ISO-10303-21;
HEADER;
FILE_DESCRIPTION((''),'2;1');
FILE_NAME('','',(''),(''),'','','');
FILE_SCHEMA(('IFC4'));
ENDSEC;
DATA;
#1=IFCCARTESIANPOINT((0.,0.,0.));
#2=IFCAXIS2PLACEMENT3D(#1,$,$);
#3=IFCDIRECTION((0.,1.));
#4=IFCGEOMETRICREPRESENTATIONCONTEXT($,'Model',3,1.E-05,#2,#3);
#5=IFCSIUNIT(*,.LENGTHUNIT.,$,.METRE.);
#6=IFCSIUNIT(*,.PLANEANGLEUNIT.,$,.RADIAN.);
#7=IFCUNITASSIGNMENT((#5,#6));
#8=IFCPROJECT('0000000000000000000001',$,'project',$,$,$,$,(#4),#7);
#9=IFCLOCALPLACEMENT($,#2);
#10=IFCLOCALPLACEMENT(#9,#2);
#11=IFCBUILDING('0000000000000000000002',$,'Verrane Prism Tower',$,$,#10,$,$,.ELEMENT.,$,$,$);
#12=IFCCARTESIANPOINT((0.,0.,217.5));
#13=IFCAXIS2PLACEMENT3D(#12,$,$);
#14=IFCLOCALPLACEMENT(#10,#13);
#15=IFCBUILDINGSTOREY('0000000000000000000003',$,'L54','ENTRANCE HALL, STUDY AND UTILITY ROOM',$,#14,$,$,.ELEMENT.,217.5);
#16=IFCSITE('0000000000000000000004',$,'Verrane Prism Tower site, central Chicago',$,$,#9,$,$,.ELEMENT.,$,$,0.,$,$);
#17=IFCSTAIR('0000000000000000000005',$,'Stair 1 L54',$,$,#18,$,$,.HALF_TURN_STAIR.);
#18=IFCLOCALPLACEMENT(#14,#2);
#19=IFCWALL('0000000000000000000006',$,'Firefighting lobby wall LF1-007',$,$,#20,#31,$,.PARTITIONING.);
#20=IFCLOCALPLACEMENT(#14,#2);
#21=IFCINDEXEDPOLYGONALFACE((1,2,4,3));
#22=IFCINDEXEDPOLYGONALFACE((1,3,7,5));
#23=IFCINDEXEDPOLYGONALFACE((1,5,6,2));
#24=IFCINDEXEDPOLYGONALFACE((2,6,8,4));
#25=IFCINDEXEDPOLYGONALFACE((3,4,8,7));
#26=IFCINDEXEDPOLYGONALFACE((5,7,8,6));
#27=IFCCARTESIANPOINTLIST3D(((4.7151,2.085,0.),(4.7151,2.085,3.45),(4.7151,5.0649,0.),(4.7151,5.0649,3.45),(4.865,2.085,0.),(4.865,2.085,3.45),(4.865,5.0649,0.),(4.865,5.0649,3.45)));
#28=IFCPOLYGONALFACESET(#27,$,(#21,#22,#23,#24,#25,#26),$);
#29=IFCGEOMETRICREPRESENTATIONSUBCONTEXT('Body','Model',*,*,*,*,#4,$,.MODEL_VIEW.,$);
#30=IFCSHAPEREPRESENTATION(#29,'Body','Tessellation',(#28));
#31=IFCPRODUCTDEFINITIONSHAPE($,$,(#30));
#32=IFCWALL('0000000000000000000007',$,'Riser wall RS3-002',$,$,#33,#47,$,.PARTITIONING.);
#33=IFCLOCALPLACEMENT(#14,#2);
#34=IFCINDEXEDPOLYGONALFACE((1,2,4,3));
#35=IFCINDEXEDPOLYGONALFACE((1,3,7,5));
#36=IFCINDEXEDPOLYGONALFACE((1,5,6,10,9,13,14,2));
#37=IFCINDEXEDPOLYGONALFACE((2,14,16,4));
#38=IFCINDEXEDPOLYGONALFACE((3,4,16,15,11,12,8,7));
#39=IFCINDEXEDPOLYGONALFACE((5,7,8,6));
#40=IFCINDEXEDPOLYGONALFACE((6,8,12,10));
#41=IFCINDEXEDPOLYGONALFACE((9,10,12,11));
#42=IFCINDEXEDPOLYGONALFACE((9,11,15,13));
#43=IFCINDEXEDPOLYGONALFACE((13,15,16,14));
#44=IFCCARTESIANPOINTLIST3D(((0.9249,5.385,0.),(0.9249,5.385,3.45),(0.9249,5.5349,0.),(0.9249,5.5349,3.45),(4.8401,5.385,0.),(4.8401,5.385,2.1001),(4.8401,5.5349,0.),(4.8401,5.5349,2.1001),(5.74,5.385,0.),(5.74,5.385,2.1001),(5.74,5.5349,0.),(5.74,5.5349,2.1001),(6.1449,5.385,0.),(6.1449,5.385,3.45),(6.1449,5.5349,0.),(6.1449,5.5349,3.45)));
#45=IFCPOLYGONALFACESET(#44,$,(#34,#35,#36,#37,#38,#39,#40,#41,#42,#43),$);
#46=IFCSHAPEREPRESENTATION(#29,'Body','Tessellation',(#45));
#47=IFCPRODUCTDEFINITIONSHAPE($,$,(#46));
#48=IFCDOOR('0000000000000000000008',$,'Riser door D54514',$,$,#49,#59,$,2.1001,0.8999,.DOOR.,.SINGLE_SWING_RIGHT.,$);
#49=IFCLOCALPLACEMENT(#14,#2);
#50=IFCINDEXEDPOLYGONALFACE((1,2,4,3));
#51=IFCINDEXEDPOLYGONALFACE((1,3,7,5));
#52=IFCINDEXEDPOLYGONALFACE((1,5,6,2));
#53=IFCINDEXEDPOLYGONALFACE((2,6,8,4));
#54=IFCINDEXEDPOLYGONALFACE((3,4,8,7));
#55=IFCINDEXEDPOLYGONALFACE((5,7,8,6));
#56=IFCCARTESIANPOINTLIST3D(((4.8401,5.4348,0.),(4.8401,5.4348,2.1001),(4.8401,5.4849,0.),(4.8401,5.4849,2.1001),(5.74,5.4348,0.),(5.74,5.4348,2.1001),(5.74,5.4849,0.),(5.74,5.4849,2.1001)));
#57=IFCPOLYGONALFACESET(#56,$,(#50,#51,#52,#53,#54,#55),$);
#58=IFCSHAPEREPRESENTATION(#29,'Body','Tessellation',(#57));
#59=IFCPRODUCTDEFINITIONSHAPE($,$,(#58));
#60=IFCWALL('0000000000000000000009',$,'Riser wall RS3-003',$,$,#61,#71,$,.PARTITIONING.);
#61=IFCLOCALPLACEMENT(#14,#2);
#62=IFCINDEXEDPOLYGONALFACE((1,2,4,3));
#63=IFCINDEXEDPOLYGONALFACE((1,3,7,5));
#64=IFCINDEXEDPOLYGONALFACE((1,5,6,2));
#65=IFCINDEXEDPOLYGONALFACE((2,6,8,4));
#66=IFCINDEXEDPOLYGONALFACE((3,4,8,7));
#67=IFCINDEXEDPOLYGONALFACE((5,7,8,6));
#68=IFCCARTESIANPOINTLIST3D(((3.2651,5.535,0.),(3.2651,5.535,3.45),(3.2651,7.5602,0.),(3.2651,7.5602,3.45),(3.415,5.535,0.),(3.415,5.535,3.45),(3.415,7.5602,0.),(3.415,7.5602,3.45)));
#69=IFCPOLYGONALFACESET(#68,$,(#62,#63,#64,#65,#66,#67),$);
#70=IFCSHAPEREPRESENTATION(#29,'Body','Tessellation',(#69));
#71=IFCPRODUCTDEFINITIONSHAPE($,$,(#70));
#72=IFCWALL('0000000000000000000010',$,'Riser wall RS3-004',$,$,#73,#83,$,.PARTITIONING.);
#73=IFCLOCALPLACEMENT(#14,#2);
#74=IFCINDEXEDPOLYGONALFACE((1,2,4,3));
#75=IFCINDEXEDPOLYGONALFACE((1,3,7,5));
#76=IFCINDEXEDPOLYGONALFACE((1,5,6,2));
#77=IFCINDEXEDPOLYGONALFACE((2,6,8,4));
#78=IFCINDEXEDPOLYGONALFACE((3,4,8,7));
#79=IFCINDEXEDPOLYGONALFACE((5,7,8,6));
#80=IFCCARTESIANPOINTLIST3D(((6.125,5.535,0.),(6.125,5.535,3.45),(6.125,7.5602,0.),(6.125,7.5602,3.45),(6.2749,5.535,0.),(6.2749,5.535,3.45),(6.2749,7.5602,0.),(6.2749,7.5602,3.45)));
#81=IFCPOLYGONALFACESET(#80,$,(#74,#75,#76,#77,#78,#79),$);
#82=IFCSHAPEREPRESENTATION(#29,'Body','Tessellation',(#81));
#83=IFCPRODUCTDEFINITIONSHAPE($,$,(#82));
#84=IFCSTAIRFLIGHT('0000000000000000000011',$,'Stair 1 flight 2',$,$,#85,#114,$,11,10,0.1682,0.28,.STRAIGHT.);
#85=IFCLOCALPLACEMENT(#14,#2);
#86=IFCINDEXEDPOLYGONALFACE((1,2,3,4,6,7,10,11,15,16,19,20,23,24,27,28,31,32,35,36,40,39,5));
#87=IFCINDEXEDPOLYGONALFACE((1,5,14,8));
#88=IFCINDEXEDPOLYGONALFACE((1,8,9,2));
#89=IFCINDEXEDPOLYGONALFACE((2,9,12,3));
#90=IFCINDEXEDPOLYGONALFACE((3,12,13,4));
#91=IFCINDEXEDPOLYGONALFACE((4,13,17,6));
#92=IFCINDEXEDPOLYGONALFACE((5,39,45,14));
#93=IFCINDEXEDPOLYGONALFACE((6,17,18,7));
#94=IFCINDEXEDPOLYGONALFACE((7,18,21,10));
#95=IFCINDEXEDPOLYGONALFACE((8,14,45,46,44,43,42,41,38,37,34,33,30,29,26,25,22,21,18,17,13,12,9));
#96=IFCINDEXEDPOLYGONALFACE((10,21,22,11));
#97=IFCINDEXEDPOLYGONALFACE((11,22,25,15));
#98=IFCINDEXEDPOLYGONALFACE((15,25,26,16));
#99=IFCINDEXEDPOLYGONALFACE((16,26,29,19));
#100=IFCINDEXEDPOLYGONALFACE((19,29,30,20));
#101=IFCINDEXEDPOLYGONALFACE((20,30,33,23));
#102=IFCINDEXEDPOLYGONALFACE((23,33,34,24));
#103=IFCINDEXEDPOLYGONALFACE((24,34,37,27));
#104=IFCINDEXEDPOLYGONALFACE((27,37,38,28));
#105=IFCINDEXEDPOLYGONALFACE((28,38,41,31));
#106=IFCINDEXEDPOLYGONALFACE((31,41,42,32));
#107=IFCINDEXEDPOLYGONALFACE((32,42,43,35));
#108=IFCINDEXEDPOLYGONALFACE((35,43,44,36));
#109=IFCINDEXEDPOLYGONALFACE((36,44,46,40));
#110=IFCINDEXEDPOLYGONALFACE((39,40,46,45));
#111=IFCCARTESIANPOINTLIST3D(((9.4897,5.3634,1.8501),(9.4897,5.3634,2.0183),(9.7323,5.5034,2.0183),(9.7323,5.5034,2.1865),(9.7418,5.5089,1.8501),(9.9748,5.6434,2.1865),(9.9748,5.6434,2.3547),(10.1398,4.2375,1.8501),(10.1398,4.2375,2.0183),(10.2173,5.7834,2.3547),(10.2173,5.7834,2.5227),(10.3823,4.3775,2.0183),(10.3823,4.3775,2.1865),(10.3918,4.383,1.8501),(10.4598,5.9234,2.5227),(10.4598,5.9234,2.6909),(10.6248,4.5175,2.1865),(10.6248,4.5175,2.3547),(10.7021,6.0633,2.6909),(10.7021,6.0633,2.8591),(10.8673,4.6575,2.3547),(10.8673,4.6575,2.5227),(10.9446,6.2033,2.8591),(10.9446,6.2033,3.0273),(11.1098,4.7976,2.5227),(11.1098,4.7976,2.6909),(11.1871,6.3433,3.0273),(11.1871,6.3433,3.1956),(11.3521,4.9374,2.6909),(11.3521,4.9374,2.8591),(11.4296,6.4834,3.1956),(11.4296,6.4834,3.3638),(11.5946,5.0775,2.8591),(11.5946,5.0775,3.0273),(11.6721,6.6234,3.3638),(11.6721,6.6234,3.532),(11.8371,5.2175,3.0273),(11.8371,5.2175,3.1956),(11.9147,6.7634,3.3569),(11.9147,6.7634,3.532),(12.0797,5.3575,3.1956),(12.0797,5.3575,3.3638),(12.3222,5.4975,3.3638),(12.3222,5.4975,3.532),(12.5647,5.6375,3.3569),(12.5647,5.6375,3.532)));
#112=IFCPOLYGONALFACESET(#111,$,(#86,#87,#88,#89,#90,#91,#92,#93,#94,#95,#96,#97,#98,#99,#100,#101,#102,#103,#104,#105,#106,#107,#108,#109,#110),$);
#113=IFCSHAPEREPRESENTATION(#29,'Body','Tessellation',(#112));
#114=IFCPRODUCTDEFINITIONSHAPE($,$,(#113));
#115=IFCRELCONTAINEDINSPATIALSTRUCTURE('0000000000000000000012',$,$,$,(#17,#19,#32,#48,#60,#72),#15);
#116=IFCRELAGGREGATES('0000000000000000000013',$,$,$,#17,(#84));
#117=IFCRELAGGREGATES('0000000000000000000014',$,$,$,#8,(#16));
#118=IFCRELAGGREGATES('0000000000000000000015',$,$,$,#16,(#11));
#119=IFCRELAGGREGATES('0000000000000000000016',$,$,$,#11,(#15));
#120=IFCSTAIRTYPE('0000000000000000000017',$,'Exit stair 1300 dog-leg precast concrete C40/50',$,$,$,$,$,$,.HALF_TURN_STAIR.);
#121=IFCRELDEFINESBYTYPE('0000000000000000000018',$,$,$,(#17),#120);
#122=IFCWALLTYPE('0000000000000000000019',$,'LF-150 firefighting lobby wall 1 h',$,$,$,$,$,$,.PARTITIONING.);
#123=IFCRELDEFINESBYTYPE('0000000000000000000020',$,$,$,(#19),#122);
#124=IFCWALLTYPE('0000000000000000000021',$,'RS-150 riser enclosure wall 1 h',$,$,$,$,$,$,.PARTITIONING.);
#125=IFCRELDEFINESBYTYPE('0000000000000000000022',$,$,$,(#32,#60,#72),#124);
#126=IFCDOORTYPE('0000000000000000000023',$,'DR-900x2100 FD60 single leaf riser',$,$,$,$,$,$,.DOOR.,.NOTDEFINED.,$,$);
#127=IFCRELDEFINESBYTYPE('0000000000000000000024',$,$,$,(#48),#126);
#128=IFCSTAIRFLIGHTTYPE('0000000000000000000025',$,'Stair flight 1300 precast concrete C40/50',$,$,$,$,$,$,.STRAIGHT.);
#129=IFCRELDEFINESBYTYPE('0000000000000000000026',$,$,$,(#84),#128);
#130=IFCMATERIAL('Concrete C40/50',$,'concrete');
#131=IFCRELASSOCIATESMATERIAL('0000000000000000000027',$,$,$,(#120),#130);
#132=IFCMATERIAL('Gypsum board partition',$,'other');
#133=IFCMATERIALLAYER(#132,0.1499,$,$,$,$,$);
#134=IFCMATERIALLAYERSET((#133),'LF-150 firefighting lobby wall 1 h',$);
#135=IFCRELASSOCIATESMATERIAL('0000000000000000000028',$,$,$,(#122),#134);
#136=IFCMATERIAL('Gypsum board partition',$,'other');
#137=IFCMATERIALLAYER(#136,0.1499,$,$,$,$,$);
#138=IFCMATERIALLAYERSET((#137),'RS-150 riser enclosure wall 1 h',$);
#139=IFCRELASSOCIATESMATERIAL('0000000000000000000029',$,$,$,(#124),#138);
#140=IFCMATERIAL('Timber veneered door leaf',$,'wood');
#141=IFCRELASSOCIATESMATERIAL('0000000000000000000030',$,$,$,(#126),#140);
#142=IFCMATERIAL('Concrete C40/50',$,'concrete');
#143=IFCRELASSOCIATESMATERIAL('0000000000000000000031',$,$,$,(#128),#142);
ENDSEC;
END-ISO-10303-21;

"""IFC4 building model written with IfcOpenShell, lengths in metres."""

from ifc_helpers import new_model, si_unit, direction, frame, frame_2d, origin, place, context, subcontext, project, spatial, polyline, rectangle, outline, extrude, material, layer, layer_set, type_object, element, fill, aggregate, save


model = new_model("IFC4")

# Units and contexts
model_context = context("Model", 3, precision=1e-05, world=origin(), true_north=direction((0.0, 1.0)))
body_context = subcontext(model_context, "Body", "Model", "MODEL_VIEW")
ifc_project = project(units=[si_unit("LENGTHUNIT", "METRE"), si_unit("PLANEANGLEUNIT", "RADIAN")], contexts=[model_context])

# Site, building, storey
site_placement = place(None, origin())
site = spatial("IfcSite", under=ifc_project, at=site_placement, Name="Verrane Prism Tower site, central Chicago", CompositionType="ELEMENT", RefElevation=0.0)
building_placement = place(site_placement, origin())
building = spatial("IfcBuilding", under=site, at=building_placement, Name="Verrane Prism Tower", CompositionType="ELEMENT")
storey_placement = place(building_placement, frame((0.0, 0.0, 217.5)))
storey = spatial("IfcBuildingStorey", under=building, at=storey_placement, Name="L54", Description="ENTRANCE HALL, STUDY AND UTILITY ROOM", CompositionType="ELEMENT", Elevation=217.5)

# Stair
ifc_material_1 = material(Name="Concrete C40/50", Category="concrete")
stair_type = type_object("IfcStairType", Name="Exit stair 1300 dog-leg precast concrete C40/50", PredefinedType="HALF_TURN_STAIR", material=ifc_material_1)
stair_1_placement = place(storey_placement, origin())
stair_1 = element("IfcStair", 1, at=stair_1_placement, inside=storey, type_object=stair_type, Name="Stair 1 L54", PredefinedType="HALF_TURN_STAIR")

# Wall
ifc_material_2 = material(Name="Gypsum board partition", Category="other")
ifc_layer_1 = layer(ifc_material_2, 0.1499)
ifc_layer_set_1 = layer_set([ifc_layer_1], Name="LF-150 firefighting lobby wall 1 h")
wall_type_1 = type_object("IfcWallType", Name="LF-150 firefighting lobby wall 1 h", PredefinedType="PARTITIONING", material=ifc_layer_set_1)
wall_1_placement = place(storey_placement, frame((4.79, 2.085, 0.0), z_axis=(0.0, 0.0, 1.0), x_axis=(0.0, 1.0, 0.0)))
element("IfcWall", 2, at=wall_1_placement, inside=storey, type_object=wall_type_1, Name="Firefighting lobby wall LF1-007", PredefinedType="PARTITIONING", context=body_context, shape_type="SweptSolid", body=[
    extrude(rectangle(XDim=2.98, YDim=0.1499, at=frame_2d((1.49, 0.0))), origin(), (0.0, 0.0, 1.0), 3.45),
])

# Wall, opening, door
ifc_material_3 = material(Name="Gypsum board partition", Category="other")
ifc_layer_2 = layer(ifc_material_3, 0.1499)
ifc_layer_set_2 = layer_set([ifc_layer_2], Name="RS-150 riser enclosure wall 1 h")
wall_type_2 = type_object("IfcWallType", Name="RS-150 riser enclosure wall 1 h", PredefinedType="PARTITIONING", material=ifc_layer_set_2)
wall_2_placement = place(storey_placement, frame((0.925, 5.46, 0.0), z_axis=(0.0, 0.0, 1.0), x_axis=(1.0, 0.0, 0.0)))
wall_2 = element("IfcWall", 3, at=wall_2_placement, inside=storey, type_object=wall_type_2, Name="Riser wall RS3-002", PredefinedType="PARTITIONING", context=body_context, shape_type="SweptSolid", body=[
    extrude(rectangle(XDim=5.22, YDim=0.1499, at=frame_2d((2.6099, 0.0))), origin(), (0.0, 0.0, 1.0), 3.45),
])
opening_1_placement = place(wall_2_placement, frame((3.915, 0.0, 0.0)))
opening_1 = element("IfcOpeningElement", 4, at=opening_1_placement, cuts=wall_2, PredefinedType="OPENING", context=body_context, shape_type="SweptSolid", body=[
    extrude(rectangle(XDim=0.8999, YDim=2.1001, at=frame_2d((0.45, 1.05))), frame((0.0, 0.085, 0.0), z_axis=(0.0, -1.0, 0.0), x_axis=(1.0, 0.0, 0.0)), (0.0, 0.0, 1.0), 0.1699),
])
ifc_material_4 = material(Name="Timber veneered door leaf", Category="wood")
door_type_1 = type_object("IfcDoorType", Name="DR-900x2100 FD60 single leaf riser", OperationType="NOTDEFINED", PredefinedType="DOOR", material=ifc_material_4)
door_1_placement = place(opening_1_placement, origin())
door_1 = element("IfcDoor", 5, at=door_1_placement, inside=storey, type_object=door_type_1, Name="Riser door D54514", OperationType="SINGLE_SWING_RIGHT", OverallHeight=2.1001, OverallWidth=0.8999, PredefinedType="DOOR", context=body_context, shape_type="SweptSolid", body=[
    extrude(rectangle(XDim=0.8999, YDim=2.1001, at=frame_2d((0.45, 1.05))), frame((0.0, 0.0249, 0.0), z_axis=(0.0, -1.0, 0.0), x_axis=(1.0, 0.0, 0.0)), (0.0, 0.0, 1.0), 0.05),
])
fill(opening_1, door_1)

# Walls
for number, where, z_axis, x_axis, name in (
    (6, (3.3401, 5.5349, 0.0), (0.0, 0.0, 1.0), (0.0, 1.0, 0.0), "Riser wall RS3-003"),
    (7, (6.2, 5.5349, 0.0), (0.0, 0.0, 1.0), (0.0, 1.0, 0.0), "Riser wall RS3-004"),
):
    element("IfcWall", number, at=place(storey_placement, frame(where, z_axis=z_axis, x_axis=x_axis)), inside=storey, type_object=wall_type_2, Name=name, PredefinedType="PARTITIONING", context=body_context, shape_type="SweptSolid", body=[
        extrude(rectangle(XDim=2.0251, YDim=0.1499, at=frame_2d((1.0127, 0.0))), origin(), (0.0, 0.0, 1.0), 3.45),
    ])

# Stair flight
ifc_material_5 = material(Name="Concrete C40/50", Category="concrete")
stair_flight_type = type_object("IfcStairFlightType", Name="Stair flight 1300 precast concrete C40/50", PredefinedType="STRAIGHT", material=ifc_material_5)
stair_flight_placement = place(storey_placement, frame((9.8147, 4.8005, 1.8501), z_axis=(0.0, 0.0, 1.0), x_axis=(0.866025, 0.5, 0.0)))
stair_flight = element("IfcStairFlight", 8, at=stair_flight_placement, type_object=stair_flight_type, Name="Stair 1 flight 2", NumberOfRisers=11, NumberOfTreads=10, PredefinedType="STRAIGHT", RiserHeight=0.1682, TreadLength=0.28, context=body_context, shape_type="SweptSolid", body=[
    extrude(outline(polyline([(0.0, 0.0), (0.0, 0.1682), (0.28, 0.1682), (0.28, 0.3364), (0.5601, 0.3364), (0.5601, 0.5046), (0.8401, 0.5046), (0.8401, 0.6726), (1.1201, 0.6726), (1.1201, 0.8408), (1.3999, 0.8408), (1.3999, 1.009), (1.6799, 1.009), (1.6799, 1.1772), (1.96, 1.1772), (1.96, 1.3455), (2.24, 1.3455), (2.24, 1.5137), (2.52, 1.5137), (2.52, 1.6819), (2.8, 1.6819), (2.8, 1.8501), (2.8, 1.5068), (0.291, 0.0), (0.0, 0.0)])), frame((0.0, 0.6499, 0.0), z_axis=(0.0, -1.0, 0.0), x_axis=(1.0, 0.0, 0.0)), (0.0, 0.0, 1.0), 1.3),
])
aggregate(stair_1, [stair_flight])

save(model, "model.ifc")
